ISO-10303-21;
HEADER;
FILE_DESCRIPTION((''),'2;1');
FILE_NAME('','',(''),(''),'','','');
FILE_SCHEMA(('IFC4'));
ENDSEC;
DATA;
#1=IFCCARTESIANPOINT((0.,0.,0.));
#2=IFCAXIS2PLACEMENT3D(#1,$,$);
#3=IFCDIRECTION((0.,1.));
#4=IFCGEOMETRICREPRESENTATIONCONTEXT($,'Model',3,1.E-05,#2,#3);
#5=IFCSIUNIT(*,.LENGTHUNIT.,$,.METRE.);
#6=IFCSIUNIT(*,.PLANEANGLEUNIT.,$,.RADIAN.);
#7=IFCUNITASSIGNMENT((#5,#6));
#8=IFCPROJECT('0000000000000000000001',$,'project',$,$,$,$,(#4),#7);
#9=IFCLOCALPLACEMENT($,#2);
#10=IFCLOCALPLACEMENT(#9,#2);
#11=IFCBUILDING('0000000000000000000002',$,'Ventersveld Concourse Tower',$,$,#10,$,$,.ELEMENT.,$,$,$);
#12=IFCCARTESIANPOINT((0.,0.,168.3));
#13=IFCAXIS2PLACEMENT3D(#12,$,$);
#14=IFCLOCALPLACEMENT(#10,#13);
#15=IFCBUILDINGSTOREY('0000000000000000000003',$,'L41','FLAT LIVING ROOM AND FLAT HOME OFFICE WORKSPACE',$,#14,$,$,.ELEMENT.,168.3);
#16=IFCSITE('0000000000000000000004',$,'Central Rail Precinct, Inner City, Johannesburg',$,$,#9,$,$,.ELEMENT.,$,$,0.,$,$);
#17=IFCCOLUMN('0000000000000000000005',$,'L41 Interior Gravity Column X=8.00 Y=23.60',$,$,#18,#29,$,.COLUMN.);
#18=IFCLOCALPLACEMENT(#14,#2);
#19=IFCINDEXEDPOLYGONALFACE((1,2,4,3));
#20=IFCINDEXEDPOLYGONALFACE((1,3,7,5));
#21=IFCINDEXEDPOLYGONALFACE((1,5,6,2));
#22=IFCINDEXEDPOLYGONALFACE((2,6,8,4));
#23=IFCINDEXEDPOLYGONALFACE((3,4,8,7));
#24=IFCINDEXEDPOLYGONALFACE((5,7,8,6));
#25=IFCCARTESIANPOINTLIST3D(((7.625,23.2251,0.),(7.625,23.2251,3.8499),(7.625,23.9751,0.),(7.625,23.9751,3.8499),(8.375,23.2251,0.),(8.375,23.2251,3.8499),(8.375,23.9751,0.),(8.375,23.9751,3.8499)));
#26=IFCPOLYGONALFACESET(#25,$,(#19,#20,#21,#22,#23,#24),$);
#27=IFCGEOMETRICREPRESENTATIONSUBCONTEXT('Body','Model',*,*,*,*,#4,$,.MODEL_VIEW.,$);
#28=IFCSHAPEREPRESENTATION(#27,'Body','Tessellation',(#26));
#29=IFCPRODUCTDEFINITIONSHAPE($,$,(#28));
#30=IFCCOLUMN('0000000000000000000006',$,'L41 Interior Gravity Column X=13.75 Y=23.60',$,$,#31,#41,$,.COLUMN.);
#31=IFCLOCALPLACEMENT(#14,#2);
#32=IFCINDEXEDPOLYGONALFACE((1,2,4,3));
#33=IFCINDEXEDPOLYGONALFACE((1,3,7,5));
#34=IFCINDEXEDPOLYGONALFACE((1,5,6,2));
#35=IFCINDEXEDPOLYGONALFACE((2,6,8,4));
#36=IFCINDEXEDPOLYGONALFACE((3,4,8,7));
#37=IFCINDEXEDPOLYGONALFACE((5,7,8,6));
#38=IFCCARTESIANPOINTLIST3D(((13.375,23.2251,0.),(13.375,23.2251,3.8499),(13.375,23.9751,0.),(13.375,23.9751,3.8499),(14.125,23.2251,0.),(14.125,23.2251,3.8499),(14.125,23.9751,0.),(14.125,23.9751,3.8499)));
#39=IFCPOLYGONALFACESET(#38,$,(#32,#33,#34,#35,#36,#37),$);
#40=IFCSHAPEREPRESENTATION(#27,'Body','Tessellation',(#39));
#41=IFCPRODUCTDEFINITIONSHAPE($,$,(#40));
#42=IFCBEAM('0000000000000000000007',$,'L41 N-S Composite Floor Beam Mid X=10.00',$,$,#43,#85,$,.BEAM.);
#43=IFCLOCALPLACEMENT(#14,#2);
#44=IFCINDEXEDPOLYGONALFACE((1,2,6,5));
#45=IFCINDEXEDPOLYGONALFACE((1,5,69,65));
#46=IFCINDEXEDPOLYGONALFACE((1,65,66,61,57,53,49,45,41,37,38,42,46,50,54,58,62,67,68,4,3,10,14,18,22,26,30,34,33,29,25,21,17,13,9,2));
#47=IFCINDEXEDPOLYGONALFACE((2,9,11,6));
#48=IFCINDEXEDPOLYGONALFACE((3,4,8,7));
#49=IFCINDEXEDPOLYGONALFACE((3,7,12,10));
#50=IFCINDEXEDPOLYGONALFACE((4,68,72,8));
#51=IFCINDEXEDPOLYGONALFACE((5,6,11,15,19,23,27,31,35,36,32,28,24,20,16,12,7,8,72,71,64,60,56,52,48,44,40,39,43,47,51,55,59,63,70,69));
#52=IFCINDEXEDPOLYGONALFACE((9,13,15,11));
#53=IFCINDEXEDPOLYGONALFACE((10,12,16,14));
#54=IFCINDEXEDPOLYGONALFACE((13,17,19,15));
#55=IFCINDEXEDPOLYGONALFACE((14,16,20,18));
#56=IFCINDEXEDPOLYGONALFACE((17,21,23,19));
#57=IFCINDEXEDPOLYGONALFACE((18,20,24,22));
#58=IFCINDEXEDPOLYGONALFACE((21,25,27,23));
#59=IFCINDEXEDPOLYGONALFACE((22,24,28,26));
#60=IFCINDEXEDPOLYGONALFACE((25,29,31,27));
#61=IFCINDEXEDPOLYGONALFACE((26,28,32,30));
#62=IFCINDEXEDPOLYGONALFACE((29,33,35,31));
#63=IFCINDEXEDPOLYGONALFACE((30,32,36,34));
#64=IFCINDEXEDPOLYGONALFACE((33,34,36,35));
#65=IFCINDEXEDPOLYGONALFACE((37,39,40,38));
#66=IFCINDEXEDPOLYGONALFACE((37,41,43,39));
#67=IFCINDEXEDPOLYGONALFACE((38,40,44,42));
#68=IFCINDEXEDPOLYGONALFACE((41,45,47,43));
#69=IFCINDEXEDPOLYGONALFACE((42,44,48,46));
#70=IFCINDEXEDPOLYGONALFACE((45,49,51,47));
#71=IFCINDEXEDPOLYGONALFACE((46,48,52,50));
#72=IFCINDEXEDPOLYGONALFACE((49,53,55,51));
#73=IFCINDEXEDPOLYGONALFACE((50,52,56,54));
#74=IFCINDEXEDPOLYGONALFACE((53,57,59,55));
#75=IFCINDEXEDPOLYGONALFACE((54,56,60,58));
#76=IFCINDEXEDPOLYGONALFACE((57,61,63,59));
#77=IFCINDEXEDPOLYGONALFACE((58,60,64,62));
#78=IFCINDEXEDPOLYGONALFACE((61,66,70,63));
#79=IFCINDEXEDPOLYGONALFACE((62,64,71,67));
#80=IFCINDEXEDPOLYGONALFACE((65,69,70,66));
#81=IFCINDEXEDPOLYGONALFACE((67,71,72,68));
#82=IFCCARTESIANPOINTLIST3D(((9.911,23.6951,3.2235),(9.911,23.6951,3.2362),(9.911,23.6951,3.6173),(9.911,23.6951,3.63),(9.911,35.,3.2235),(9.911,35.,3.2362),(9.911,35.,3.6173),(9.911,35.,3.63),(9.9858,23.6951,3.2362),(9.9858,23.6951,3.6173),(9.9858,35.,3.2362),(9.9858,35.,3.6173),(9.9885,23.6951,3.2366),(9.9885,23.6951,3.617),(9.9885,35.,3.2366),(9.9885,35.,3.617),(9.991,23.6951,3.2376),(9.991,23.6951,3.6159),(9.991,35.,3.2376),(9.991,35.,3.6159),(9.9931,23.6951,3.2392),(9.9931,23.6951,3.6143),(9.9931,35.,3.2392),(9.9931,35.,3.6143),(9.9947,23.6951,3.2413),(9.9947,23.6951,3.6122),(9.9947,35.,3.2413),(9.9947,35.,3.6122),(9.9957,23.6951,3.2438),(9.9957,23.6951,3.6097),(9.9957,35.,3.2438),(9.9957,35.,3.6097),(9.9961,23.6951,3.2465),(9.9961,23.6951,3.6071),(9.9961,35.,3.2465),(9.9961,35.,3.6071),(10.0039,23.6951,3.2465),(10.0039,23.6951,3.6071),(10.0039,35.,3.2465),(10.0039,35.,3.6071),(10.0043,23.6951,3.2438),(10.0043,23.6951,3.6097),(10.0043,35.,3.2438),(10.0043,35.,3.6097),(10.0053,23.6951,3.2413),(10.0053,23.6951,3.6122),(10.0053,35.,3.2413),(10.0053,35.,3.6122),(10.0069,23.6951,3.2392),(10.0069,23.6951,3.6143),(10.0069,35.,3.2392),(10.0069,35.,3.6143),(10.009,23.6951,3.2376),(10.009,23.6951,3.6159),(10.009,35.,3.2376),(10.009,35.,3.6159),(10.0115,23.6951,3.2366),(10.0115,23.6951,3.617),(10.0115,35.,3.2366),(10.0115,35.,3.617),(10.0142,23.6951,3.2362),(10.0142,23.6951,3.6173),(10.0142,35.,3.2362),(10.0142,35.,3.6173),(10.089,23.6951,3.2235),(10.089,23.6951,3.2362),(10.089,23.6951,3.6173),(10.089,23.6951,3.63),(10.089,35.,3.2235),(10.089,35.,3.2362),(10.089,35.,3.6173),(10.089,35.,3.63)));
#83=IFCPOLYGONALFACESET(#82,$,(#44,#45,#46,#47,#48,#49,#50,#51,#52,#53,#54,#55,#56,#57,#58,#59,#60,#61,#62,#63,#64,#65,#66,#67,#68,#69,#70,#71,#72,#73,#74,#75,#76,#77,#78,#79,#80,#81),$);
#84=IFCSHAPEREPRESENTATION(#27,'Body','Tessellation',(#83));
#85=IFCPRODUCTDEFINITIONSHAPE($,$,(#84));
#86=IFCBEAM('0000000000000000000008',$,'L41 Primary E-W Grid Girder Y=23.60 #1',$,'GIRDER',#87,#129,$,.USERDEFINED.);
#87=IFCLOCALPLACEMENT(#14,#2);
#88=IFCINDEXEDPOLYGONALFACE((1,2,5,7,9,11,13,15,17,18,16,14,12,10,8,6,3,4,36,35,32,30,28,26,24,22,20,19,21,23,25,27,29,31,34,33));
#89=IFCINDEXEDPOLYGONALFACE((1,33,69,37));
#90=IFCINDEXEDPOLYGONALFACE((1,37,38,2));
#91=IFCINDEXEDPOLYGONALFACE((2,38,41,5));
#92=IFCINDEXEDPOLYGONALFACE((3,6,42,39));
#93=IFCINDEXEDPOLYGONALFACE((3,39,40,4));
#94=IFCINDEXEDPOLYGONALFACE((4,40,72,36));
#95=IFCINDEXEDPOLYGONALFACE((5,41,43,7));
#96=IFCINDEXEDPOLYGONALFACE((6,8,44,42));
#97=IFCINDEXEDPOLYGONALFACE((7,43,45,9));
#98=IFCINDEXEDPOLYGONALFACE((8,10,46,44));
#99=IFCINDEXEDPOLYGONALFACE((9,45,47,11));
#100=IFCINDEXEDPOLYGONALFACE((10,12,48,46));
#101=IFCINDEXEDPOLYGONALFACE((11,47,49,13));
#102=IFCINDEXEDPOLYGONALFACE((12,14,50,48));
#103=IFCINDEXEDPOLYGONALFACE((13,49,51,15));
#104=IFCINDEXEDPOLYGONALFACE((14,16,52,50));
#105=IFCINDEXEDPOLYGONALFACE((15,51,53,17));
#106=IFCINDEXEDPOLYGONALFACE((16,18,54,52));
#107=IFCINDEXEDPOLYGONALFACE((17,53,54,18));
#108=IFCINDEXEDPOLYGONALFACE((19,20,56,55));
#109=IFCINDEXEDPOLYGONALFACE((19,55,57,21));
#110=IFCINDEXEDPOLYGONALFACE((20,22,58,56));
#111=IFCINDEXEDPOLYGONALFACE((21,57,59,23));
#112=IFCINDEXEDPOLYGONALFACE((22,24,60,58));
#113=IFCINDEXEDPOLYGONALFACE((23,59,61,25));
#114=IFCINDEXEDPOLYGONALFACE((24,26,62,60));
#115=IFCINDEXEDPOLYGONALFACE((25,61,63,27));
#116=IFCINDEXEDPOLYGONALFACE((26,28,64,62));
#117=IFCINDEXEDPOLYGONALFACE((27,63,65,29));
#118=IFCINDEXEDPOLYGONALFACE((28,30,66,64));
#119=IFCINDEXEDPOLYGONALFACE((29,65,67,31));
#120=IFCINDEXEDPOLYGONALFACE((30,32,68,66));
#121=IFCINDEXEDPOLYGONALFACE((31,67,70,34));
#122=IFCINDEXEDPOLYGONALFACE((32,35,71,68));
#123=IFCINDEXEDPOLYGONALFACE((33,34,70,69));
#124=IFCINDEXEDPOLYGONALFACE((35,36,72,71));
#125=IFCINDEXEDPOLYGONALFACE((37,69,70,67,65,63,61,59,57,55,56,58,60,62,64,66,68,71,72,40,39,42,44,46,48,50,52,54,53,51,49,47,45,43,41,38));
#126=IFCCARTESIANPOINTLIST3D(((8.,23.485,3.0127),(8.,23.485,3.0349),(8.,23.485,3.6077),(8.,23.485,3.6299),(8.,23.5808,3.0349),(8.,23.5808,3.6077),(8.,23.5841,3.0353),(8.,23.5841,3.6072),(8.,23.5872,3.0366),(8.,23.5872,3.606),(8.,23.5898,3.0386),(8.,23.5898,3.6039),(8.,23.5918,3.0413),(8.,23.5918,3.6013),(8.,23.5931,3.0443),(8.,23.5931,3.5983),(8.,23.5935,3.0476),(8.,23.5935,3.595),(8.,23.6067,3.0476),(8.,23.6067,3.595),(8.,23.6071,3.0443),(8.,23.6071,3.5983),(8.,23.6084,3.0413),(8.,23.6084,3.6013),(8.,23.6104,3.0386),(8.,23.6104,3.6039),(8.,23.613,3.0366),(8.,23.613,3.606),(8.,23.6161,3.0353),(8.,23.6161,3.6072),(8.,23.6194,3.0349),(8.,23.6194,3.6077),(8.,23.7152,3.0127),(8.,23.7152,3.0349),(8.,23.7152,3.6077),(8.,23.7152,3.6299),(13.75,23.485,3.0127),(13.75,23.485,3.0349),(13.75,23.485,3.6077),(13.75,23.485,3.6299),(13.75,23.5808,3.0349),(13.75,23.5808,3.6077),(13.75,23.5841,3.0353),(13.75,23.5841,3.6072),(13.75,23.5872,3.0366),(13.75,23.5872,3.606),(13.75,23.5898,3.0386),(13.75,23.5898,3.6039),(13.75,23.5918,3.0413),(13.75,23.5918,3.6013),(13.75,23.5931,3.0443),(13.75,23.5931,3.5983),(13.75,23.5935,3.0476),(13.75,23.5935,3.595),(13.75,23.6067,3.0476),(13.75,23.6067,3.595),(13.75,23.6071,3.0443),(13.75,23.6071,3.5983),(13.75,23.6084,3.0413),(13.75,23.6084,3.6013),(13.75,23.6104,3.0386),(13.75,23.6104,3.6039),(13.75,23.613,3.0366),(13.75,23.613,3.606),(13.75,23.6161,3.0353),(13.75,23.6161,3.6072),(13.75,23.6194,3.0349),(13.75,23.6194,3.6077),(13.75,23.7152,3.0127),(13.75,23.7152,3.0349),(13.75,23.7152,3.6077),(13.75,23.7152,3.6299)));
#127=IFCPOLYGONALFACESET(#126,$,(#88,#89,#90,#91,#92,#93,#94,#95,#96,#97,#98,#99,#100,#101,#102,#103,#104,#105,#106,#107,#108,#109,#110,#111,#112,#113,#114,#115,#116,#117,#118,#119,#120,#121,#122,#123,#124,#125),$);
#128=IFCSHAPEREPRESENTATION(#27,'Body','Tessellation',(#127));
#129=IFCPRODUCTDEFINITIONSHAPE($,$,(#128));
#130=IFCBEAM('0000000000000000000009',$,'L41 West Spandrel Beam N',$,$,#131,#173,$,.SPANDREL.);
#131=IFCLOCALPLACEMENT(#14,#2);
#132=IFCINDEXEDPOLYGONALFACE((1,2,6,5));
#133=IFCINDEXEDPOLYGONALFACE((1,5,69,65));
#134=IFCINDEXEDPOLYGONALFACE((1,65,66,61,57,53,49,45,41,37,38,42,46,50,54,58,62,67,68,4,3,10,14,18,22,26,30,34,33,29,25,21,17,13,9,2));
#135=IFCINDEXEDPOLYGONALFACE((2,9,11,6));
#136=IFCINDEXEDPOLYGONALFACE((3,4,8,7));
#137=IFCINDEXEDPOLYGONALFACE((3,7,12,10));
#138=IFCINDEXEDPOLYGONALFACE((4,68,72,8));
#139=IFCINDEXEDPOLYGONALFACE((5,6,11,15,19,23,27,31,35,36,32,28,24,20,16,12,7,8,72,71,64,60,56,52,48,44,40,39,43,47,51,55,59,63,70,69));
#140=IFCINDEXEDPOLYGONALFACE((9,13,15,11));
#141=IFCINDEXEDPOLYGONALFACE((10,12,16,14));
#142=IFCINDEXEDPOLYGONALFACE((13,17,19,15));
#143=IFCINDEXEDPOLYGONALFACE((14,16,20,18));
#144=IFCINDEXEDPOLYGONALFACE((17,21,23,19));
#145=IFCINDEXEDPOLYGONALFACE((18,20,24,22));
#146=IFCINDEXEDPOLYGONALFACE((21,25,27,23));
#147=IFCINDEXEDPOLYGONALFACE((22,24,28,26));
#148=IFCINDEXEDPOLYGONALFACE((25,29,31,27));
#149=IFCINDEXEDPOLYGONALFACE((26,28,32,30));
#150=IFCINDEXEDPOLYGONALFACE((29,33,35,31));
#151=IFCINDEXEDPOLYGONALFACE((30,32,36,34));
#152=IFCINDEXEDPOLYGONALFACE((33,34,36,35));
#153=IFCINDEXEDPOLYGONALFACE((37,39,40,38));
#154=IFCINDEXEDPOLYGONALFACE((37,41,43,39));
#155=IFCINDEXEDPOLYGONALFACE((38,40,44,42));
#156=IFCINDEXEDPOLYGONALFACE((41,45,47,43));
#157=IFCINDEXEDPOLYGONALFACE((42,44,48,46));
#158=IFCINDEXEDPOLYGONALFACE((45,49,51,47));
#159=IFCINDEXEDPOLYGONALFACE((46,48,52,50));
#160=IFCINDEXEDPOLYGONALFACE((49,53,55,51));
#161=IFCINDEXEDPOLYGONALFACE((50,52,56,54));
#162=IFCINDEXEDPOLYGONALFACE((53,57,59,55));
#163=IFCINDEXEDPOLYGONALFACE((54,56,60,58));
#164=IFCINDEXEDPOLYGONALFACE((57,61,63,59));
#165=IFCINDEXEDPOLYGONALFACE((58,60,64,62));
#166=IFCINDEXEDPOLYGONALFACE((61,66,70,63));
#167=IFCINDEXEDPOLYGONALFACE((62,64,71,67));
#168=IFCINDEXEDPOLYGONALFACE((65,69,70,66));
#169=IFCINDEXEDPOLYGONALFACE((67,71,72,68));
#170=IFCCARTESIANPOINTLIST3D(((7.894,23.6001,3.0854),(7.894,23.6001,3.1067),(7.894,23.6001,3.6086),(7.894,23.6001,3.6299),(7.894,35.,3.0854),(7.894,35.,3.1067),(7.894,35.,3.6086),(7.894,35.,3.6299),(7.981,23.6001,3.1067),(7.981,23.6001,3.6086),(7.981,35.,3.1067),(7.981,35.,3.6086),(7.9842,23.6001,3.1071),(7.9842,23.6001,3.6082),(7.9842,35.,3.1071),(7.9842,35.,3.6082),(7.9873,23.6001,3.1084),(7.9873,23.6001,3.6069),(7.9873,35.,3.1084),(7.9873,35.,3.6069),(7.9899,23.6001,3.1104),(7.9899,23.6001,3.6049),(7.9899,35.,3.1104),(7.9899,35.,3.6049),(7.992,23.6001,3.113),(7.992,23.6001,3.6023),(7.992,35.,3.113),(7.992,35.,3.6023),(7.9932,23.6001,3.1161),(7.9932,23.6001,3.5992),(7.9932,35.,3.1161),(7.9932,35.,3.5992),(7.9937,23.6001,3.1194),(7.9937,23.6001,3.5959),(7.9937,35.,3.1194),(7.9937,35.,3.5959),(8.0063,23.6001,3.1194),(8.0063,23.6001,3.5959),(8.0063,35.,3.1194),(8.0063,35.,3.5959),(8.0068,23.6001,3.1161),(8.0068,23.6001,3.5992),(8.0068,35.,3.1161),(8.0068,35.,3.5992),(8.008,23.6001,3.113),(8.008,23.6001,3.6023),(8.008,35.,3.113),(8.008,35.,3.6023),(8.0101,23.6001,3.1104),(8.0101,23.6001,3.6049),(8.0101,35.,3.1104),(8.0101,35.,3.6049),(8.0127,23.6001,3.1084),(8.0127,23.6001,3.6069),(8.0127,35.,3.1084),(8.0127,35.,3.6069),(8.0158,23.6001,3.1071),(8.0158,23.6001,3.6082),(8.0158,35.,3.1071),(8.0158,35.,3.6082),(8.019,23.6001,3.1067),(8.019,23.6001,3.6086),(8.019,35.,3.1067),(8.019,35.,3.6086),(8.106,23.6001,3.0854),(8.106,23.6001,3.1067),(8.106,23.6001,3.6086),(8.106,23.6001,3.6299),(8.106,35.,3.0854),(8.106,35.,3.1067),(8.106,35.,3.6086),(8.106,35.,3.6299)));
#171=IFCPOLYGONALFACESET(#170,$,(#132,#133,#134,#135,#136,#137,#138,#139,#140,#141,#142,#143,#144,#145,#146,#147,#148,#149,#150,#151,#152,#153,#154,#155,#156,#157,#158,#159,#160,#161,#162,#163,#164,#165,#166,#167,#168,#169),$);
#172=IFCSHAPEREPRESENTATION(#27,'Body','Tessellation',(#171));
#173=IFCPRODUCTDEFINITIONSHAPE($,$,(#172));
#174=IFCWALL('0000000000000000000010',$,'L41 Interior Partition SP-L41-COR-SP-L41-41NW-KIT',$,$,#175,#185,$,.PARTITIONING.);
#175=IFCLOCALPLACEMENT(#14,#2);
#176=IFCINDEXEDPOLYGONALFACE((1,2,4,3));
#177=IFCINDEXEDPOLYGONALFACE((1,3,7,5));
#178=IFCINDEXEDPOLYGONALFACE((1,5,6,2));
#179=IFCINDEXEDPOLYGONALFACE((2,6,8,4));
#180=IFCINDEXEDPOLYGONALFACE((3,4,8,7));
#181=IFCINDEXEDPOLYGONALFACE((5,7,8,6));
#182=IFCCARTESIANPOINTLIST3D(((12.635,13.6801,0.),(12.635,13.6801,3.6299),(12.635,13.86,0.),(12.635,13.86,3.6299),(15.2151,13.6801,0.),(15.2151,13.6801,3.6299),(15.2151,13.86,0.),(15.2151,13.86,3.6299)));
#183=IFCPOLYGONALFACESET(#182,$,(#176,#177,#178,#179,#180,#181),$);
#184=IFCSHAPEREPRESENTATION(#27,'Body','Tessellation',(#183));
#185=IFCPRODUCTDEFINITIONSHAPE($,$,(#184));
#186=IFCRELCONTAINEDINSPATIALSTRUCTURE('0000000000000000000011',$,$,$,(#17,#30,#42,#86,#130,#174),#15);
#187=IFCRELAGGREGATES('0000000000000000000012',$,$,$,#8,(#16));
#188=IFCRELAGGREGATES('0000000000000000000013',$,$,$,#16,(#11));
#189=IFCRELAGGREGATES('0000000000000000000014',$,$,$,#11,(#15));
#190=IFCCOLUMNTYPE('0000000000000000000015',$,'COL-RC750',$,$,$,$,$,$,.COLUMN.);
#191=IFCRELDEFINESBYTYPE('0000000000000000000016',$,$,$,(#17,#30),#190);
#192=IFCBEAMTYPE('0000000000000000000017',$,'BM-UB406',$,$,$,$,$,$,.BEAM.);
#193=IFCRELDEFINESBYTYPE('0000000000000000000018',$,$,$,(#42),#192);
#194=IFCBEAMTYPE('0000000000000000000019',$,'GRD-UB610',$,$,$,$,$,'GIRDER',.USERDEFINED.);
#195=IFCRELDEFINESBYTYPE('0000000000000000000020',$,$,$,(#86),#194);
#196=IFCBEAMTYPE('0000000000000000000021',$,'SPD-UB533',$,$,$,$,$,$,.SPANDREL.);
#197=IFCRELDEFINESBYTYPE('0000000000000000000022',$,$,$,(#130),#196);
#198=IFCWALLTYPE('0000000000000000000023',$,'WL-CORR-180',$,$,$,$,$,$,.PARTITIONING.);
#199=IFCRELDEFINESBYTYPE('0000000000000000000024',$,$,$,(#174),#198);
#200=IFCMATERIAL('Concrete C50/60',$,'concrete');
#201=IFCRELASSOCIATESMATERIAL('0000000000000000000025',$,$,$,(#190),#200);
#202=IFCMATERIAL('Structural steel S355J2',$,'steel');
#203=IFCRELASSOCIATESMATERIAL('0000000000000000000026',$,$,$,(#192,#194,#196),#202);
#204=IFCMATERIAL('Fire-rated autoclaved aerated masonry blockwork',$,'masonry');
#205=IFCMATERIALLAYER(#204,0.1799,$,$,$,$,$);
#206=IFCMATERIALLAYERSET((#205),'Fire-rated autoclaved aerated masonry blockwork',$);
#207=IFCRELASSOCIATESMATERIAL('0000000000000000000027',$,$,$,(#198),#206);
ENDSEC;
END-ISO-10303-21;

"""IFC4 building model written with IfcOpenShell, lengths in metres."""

from ifc_helpers import new_model, si_unit, direction, frame, frame_2d, origin, origin_2d, place, context, subcontext, project, spatial, rectangle, i_section, extrude, material, layer, layer_set, material_profile, profile_set, type_object, element, save


model = new_model("IFC4")

# Units and contexts
model_context = context("Model", 3, precision=1e-05, world=origin(), true_north=direction((0.0, 1.0)))
body_context = subcontext(model_context, "Body", "Model", "MODEL_VIEW")
ifc_project = project(units=[si_unit("LENGTHUNIT", "METRE"), si_unit("PLANEANGLEUNIT", "RADIAN")], contexts=[model_context])

# Site, building, storey
site_placement = place(None, origin())
site = spatial("IfcSite", under=ifc_project, at=site_placement, Name="Central Rail Precinct, Inner City, Johannesburg", CompositionType="ELEMENT", RefElevation=0.0)
building_placement = place(site_placement, origin())
building = spatial("IfcBuilding", under=site, at=building_placement, Name="Ventersveld Concourse Tower", CompositionType="ELEMENT")
storey_placement = place(building_placement, frame((0.0, 0.0, 168.3)))
storey = spatial("IfcBuildingStorey", under=building, at=storey_placement, Name="L41", Description="FLAT LIVING ROOM AND FLAT HOME OFFICE WORKSPACE", CompositionType="ELEMENT", Elevation=168.3)

# Columns
ifc_material_1 = material(Name="Concrete C50/60", Category="concrete")
ifc_material_profile_1 = material_profile(ifc_material_1, rectangle(XDim=0.75, YDim=0.75, at=origin_2d()), Name="RC 750x750")
ifc_profile_set_1 = profile_set([ifc_material_profile_1], Name="Concrete C50/60")
column_type = type_object("IfcColumnType", Name="COL-RC750", PredefinedType="COLUMN", material=ifc_profile_set_1)
for number, where, z_axis, x_axis, name in (
    (1, (8.0, 23.6001, 0.0), (0.0, 0.0, 1.0), (1.0, 0.0, 0.0), "L41 Interior Gravity Column X=8.00 Y=23.60"),
    (2, (13.75, 23.6001, 0.0), (0.0, 0.0, 1.0), (1.0, 0.0, 0.0), "L41 Interior Gravity Column X=13.75 Y=23.60"),
):
    element("IfcColumn", number, at=place(storey_placement, frame(where, z_axis=z_axis, x_axis=x_axis)), inside=storey, type_object=column_type, Name=name, PredefinedType="COLUMN", context=body_context, shape_type="SweptSolid", body=[
        extrude(rectangle(XDim=0.75, YDim=0.75, at=origin_2d()), origin(), (0.0, 0.0, 1.0), 3.8499),
    ])

# Beams
ifc_material_2 = material(Name="Structural steel S355J2", Category="steel")
ifc_material_profile_2 = material_profile(ifc_material_2, i_section(OverallWidth=0.178, OverallDepth=0.4065, WebThickness=0.0078, FlangeThickness=0.0127, FilletRadius=0.0103, at=origin_2d()), Name="UB 406x178x60")
ifc_profile_set_2 = profile_set([ifc_material_profile_2], Name="Structural steel S355J2")
beam_type_1 = type_object("IfcBeamType", Name="BM-UB406", PredefinedType="BEAM", material=ifc_profile_set_2)
beam_1_placement = place(storey_placement, frame((10.0, 23.6951, 3.4268), z_axis=(0.0, 1.0, 0.0), x_axis=(-1.0, 0.0, 0.0)))
element("IfcBeam", 3, at=beam_1_placement, inside=storey, type_object=beam_type_1, Name="L41 N-S Composite Floor Beam Mid X=10.00", PredefinedType="BEAM", context=body_context, shape_type="SweptSolid", body=[
    extrude(i_section(OverallWidth=0.178, OverallDepth=0.4065, WebThickness=0.0078, FlangeThickness=0.0127, FilletRadius=0.0103, at=origin_2d()), origin(), (0.0, 0.0, 1.0), 11.3049),
])
ifc_material_profile_3 = material_profile(ifc_material_2, i_section(OverallWidth=0.2302, OverallDepth=0.6172, WebThickness=0.0132, FlangeThickness=0.0222, FilletRadius=0.0127, at=origin_2d()), Name="UB 610x229x140")
ifc_profile_set_3 = profile_set([ifc_material_profile_3], Name="Structural steel S355J2")
beam_type_2 = type_object("IfcBeamType", Name="GRD-UB610", ElementType="GIRDER", PredefinedType="USERDEFINED", material=ifc_profile_set_3)
beam_2_placement = place(storey_placement, frame((8.0, 23.6001, 3.3213), z_axis=(1.0, 0.0, 0.0), x_axis=(0.0, 1.0, 0.0)))
element("IfcBeam", 4, at=beam_2_placement, inside=storey, type_object=beam_type_2, Name="L41 Primary E-W Grid Girder Y=23.60 #1", ObjectType="GIRDER", PredefinedType="USERDEFINED", context=body_context, shape_type="SweptSolid", body=[
    extrude(i_section(OverallWidth=0.2302, OverallDepth=0.6172, WebThickness=0.0132, FlangeThickness=0.0222, FilletRadius=0.0127, at=origin_2d()), origin(), (0.0, 0.0, 1.0), 5.75),
])
ifc_material_profile_4 = material_profile(ifc_material_2, i_section(OverallWidth=0.2119, OverallDepth=0.5444, WebThickness=0.0127, FlangeThickness=0.0212, FilletRadius=0.0127, at=origin_2d()), Name="UB 533x210x122")
ifc_profile_set_4 = profile_set([ifc_material_profile_4], Name="Structural steel S355J2")
beam_type_3 = type_object("IfcBeamType", Name="SPD-UB533", PredefinedType="SPANDREL", material=ifc_profile_set_4)
beam_3_placement = place(storey_placement, frame((8.0, 23.6001, 3.3577), z_axis=(0.0, 1.0, 0.0), x_axis=(-1.0, 0.0, 0.0)))
element("IfcBeam", 5, at=beam_3_placement, inside=storey, type_object=beam_type_3, Name="L41 West Spandrel Beam N", PredefinedType="SPANDREL", context=body_context, shape_type="SweptSolid", body=[
    extrude(i_section(OverallWidth=0.2119, OverallDepth=0.5444, WebThickness=0.0127, FlangeThickness=0.0212, FilletRadius=0.0127, at=origin_2d()), origin(), (0.0, 0.0, 1.0), 11.3999),
])

# Shared definitions
ifc_material_3 = material(Name="Fire-rated autoclaved aerated masonry blockwork", Category="masonry")
ifc_layer_1 = layer(ifc_material_3, 0.1799)
ifc_layer_set_1 = layer_set([ifc_layer_1], Name="Fire-rated autoclaved aerated masonry blockwork")
wall_type_1 = type_object("IfcWallType", Name="WL-CORR-180", PredefinedType="PARTITIONING", material=ifc_layer_set_1)

# Wall
wall_1_placement = place(storey_placement, frame((12.635, 13.77, 0.0), z_axis=(0.0, 0.0, 1.0), x_axis=(1.0, 0.0, 0.0)))
element("IfcWall", 6, at=wall_1_placement, inside=storey, type_object=wall_type_1, Name="L41 Interior Partition SP-L41-COR-SP-L41-41NW-KIT", PredefinedType="PARTITIONING", context=body_context, shape_type="SweptSolid", body=[
    extrude(rectangle(XDim=2.5801, YDim=0.1799, at=frame_2d((1.29, 0.0))), origin(), (0.0, 0.0, 1.0), 3.6299),
])

save(model, "model.ifc")
